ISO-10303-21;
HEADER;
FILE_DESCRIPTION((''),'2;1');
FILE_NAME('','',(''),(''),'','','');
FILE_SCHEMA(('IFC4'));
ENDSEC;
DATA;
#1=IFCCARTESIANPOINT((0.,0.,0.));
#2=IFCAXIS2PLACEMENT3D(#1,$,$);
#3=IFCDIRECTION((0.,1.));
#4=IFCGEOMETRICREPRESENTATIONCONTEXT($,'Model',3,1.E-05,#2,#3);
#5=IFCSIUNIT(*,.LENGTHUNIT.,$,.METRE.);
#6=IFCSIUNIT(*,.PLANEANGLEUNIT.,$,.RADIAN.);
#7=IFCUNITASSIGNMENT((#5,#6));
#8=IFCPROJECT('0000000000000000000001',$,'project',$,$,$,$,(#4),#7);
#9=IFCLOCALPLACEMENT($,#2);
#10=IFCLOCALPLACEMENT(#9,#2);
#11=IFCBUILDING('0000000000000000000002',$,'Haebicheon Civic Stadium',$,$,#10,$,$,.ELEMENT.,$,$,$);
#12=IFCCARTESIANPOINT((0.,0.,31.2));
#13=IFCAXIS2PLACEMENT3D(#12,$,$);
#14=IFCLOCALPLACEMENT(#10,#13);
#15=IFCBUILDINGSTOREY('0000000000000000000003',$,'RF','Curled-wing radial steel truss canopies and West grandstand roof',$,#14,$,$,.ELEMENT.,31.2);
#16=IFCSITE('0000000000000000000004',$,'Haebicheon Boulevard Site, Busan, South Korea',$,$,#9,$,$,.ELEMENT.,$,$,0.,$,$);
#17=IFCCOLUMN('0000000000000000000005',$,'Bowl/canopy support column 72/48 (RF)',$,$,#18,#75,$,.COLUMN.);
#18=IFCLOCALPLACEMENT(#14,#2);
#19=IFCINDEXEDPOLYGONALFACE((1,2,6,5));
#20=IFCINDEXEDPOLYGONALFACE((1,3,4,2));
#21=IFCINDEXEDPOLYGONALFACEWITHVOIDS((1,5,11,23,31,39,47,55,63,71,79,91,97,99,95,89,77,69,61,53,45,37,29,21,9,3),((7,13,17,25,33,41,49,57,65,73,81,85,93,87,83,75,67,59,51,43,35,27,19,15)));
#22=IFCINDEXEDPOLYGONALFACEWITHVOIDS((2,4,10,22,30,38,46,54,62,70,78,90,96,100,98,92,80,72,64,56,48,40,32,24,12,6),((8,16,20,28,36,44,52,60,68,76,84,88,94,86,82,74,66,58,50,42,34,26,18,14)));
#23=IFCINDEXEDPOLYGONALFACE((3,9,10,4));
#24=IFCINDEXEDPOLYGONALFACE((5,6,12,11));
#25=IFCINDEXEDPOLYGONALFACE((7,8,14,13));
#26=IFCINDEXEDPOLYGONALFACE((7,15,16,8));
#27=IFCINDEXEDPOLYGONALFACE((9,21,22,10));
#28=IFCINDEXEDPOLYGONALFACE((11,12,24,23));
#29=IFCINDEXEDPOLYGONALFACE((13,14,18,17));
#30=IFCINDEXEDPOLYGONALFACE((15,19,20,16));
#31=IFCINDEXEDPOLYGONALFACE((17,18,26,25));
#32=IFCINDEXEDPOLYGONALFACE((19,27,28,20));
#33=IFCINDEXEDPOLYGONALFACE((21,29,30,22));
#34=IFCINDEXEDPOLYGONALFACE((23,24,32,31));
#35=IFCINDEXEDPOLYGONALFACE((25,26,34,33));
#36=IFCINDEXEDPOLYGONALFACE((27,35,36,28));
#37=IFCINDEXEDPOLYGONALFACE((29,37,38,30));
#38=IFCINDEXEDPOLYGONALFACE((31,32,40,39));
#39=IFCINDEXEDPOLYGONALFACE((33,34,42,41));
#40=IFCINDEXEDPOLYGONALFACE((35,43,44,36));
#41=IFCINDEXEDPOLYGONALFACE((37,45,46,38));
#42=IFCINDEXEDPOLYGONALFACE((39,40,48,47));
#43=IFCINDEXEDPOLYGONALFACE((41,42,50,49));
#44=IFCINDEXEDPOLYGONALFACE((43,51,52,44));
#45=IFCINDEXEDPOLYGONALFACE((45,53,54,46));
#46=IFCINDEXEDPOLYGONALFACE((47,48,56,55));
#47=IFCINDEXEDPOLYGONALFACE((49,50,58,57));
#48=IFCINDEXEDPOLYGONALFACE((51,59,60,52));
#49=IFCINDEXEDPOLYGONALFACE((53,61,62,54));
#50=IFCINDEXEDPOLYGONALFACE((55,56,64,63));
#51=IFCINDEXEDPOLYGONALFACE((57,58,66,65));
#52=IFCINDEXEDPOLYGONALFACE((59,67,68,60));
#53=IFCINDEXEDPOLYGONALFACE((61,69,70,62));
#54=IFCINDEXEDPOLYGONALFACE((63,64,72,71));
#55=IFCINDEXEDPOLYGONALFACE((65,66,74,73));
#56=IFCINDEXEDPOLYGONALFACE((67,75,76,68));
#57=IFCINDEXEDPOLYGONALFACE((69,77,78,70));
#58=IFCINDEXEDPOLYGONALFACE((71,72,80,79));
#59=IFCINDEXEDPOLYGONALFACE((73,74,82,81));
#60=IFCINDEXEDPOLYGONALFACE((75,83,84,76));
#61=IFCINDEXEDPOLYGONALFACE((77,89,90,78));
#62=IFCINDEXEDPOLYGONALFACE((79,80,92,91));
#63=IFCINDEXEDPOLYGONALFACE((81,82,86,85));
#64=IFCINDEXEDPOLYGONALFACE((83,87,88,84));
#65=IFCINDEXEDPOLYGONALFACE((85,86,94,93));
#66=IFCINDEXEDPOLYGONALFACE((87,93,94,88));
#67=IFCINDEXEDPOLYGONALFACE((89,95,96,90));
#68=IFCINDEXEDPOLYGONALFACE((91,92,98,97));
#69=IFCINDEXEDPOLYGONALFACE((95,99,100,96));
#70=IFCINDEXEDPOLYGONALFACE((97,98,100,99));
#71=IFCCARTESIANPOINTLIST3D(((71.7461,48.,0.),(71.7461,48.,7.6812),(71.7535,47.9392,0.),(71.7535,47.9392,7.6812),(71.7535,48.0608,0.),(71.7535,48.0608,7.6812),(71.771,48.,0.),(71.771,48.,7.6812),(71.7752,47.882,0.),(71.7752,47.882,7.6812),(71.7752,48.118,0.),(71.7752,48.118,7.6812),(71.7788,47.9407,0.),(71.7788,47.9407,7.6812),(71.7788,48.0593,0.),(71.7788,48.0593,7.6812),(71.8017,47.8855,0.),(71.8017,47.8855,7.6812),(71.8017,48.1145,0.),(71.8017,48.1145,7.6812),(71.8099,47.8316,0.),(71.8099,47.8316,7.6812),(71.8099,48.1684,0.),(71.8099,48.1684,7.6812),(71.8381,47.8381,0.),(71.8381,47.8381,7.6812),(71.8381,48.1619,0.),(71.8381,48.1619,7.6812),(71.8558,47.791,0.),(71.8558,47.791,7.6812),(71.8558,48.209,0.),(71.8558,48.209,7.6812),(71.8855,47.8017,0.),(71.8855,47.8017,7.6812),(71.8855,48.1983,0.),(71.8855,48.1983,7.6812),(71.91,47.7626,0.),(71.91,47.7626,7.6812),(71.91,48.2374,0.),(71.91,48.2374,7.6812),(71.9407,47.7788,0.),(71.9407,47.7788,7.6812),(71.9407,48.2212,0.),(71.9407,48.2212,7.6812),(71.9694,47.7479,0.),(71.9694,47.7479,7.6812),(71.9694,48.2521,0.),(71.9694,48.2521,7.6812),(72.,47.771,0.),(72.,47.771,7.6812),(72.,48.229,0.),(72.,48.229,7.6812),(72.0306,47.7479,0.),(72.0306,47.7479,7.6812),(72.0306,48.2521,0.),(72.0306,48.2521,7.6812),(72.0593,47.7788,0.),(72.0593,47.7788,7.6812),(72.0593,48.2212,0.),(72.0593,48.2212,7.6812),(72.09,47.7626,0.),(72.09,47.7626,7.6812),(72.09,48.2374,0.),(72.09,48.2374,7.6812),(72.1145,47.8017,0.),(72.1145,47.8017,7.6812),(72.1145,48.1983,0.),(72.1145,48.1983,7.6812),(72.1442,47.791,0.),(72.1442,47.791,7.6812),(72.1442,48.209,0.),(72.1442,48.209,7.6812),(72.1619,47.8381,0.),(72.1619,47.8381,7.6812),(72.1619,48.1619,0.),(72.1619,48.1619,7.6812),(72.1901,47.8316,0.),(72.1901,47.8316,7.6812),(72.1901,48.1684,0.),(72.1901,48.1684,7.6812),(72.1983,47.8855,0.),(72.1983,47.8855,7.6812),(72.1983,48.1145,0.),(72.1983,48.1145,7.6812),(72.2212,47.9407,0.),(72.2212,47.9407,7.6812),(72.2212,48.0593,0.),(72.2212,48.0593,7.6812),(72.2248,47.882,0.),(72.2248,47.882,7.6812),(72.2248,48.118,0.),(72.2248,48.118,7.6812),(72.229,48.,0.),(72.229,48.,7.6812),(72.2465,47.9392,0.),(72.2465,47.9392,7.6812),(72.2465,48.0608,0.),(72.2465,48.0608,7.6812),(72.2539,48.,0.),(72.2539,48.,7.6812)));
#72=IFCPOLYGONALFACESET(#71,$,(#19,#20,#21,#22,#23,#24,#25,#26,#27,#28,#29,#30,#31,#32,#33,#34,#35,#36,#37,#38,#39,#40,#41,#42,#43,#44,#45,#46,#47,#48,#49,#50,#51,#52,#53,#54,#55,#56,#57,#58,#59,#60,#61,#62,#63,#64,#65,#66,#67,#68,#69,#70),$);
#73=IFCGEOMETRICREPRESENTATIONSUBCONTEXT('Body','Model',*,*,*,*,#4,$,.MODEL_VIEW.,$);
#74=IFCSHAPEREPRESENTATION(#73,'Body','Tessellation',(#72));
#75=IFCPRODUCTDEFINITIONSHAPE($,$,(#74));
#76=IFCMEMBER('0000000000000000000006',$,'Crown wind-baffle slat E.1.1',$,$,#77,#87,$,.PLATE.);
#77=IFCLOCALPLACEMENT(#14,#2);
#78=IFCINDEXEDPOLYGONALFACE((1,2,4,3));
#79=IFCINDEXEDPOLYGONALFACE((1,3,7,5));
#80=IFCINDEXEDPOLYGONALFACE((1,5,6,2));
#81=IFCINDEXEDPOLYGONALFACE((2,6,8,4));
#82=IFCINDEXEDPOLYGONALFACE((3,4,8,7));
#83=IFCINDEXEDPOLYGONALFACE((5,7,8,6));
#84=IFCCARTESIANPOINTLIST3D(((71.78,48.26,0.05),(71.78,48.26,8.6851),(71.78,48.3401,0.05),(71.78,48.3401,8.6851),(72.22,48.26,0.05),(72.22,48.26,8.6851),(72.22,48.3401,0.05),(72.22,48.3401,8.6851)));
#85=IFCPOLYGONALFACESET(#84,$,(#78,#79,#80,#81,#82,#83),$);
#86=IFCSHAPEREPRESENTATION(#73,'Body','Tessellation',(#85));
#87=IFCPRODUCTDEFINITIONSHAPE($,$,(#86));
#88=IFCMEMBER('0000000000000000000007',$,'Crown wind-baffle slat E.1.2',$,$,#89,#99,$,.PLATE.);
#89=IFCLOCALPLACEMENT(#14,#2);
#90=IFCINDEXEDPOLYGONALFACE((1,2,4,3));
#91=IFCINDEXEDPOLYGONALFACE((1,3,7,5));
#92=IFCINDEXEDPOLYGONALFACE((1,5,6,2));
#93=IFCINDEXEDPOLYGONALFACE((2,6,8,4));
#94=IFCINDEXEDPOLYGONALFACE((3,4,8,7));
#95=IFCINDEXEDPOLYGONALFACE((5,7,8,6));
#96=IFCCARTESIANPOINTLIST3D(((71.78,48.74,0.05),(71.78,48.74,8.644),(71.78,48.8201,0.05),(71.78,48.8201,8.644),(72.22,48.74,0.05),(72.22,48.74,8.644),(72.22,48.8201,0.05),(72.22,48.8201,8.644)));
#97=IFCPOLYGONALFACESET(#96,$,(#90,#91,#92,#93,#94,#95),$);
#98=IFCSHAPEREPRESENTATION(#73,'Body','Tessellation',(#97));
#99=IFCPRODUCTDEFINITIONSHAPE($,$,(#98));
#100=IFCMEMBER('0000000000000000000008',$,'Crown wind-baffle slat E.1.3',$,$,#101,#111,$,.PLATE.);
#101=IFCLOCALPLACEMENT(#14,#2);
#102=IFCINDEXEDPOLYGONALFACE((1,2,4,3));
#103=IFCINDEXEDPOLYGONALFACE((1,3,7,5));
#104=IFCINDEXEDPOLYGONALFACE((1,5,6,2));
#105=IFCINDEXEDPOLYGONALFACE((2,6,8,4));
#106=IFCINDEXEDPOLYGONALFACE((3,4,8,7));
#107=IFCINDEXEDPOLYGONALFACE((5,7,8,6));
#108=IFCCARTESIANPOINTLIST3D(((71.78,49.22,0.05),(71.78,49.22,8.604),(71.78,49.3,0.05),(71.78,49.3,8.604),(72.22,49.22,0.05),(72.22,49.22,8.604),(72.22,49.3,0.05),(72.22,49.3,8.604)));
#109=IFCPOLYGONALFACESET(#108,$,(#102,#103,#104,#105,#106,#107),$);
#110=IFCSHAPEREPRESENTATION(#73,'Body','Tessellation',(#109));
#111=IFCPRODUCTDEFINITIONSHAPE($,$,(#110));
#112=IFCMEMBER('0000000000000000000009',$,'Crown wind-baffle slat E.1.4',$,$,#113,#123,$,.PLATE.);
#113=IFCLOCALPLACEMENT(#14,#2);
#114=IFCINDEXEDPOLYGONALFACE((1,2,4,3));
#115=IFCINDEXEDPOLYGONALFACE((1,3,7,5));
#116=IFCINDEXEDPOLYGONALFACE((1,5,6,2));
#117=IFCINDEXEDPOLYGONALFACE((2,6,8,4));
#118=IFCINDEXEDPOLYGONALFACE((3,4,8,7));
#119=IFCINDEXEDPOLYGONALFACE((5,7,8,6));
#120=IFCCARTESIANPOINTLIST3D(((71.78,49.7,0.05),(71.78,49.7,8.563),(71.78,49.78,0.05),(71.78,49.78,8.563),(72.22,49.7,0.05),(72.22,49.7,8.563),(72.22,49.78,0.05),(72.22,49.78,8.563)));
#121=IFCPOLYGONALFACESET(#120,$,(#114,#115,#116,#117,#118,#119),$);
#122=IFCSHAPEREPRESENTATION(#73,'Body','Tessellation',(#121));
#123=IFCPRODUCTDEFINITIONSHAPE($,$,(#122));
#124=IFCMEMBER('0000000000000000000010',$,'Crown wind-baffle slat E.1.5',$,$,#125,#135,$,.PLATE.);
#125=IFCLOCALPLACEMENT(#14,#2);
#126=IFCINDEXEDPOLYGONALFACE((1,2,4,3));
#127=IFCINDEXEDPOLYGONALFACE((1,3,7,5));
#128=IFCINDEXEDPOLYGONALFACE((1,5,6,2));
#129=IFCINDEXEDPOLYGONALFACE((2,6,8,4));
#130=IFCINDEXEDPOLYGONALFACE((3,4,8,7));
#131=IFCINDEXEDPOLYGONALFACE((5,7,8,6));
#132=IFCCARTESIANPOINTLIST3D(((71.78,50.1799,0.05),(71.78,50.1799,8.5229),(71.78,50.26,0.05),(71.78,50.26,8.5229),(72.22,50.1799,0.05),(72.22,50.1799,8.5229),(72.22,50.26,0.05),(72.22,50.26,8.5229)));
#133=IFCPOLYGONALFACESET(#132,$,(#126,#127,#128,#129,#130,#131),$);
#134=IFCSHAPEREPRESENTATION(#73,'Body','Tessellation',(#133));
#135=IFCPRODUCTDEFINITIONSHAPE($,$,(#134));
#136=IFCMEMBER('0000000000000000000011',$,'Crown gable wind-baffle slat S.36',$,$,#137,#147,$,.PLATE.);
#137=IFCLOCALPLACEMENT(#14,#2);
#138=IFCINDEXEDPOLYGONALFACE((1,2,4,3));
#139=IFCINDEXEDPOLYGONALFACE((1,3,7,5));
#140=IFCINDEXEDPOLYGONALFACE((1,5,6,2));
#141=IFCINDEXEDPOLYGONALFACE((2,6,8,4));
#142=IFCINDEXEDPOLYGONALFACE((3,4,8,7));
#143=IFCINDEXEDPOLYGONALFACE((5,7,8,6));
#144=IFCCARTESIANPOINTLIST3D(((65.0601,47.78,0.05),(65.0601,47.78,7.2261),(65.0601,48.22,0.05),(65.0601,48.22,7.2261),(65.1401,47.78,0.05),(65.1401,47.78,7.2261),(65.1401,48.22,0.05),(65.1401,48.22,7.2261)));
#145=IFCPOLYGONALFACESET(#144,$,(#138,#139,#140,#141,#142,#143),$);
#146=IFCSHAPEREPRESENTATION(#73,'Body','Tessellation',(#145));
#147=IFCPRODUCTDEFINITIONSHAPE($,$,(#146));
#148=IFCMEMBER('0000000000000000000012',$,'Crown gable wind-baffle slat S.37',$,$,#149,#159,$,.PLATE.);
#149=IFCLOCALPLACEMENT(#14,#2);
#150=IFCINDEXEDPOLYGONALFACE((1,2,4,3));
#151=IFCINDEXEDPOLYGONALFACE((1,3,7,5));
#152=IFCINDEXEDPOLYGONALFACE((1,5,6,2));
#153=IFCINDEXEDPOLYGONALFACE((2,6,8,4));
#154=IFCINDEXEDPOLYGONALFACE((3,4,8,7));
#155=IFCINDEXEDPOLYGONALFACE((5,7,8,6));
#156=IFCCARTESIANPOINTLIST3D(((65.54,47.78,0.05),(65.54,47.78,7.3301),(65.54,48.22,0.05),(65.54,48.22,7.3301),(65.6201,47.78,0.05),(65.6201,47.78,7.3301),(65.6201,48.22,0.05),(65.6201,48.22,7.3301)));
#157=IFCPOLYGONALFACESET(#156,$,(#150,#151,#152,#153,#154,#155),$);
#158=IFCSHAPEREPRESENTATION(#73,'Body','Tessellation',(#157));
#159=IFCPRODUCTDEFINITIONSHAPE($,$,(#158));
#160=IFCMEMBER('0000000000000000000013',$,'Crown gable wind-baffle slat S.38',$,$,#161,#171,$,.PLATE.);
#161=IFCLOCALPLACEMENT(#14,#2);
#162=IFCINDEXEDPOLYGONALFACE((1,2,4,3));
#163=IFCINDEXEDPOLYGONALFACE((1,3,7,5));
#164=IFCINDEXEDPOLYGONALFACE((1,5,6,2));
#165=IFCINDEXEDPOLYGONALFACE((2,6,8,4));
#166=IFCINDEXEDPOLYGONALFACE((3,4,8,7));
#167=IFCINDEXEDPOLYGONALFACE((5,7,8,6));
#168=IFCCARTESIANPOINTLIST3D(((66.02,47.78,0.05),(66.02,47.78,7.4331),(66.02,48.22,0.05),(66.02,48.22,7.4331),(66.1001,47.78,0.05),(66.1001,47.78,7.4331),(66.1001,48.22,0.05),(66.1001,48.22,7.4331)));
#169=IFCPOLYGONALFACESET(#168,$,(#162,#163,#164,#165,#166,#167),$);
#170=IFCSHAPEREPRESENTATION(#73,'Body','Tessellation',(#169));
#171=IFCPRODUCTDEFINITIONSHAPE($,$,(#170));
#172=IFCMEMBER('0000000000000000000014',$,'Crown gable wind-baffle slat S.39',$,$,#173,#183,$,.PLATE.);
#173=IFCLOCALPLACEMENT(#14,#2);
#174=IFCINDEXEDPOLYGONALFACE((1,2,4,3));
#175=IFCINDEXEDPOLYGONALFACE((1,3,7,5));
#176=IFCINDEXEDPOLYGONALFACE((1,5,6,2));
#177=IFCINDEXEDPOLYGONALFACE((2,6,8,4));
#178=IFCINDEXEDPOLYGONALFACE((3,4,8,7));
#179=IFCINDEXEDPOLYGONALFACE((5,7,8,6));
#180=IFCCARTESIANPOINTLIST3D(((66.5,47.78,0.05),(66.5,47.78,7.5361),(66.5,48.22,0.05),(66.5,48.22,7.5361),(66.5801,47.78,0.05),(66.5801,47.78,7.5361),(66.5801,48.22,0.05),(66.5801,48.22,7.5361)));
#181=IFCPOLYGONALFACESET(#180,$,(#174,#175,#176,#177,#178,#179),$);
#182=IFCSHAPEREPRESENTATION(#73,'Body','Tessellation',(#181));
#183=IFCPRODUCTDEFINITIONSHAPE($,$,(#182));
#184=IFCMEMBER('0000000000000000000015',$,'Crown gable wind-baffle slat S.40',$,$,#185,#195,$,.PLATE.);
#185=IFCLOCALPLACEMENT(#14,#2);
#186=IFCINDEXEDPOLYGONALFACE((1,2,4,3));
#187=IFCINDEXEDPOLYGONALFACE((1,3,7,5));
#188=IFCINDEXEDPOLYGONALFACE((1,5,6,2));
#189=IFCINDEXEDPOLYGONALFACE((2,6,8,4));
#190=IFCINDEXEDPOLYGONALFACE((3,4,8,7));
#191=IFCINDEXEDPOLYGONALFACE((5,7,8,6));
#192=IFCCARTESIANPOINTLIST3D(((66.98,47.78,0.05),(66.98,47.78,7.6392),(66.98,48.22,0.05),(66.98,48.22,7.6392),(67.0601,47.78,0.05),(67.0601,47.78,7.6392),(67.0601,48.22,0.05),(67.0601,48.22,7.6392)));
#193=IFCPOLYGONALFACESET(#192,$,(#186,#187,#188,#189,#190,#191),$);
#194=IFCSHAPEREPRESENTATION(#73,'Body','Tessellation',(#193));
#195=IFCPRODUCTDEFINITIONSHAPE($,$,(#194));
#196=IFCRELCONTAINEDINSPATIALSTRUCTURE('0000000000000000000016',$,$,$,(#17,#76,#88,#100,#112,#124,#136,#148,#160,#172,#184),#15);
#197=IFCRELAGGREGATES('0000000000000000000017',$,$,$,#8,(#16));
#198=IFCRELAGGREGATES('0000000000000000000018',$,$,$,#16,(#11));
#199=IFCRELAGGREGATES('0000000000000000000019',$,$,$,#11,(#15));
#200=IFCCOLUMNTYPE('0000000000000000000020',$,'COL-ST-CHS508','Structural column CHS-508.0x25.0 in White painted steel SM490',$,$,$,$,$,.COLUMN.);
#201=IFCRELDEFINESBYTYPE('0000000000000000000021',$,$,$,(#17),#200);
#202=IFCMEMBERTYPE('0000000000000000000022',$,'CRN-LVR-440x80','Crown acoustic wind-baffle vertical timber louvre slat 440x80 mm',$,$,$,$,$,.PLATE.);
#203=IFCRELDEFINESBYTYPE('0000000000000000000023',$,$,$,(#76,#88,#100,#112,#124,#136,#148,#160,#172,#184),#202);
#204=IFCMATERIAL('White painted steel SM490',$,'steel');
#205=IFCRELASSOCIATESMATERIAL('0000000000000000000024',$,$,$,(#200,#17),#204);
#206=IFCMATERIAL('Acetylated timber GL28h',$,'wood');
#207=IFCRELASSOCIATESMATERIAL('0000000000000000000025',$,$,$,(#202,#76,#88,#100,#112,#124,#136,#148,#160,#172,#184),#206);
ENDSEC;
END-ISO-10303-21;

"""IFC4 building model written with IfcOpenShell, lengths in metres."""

from ifc_helpers import new_model, si_unit, direction, frame, origin, origin_2d, place, context, subcontext, project, spatial, rectangle, hollow_circle, extrude, material, material_profile, profile_set, type_object, element, save


model = new_model("IFC4")

# Units and contexts
model_context = context("Model", 3, precision=1e-05, world=origin(), true_north=direction((0.0, 1.0)))
body_context = subcontext(model_context, "Body", "Model", "MODEL_VIEW")
ifc_project = project(units=[si_unit("LENGTHUNIT", "METRE"), si_unit("PLANEANGLEUNIT", "RADIAN")], contexts=[model_context])

# Site, building, storey
site_placement = place(None, origin())
site = spatial("IfcSite", under=ifc_project, at=site_placement, Name="Haebicheon Boulevard Site, Busan, South Korea", CompositionType="ELEMENT", RefElevation=0.0)
building_placement = place(site_placement, origin())
building = spatial("IfcBuilding", under=site, at=building_placement, Name="Haebicheon Civic Stadium", CompositionType="ELEMENT")
storey_placement = place(building_placement, frame((0.0, 0.0, 31.2)))
storey = spatial("IfcBuildingStorey", under=building, at=storey_placement, Name="RF", Description="Curled-wing radial steel truss canopies and West grandstand roof", CompositionType="ELEMENT", Elevation=31.2)

# Column
ifc_material_1 = material(Name="White painted steel SM490", Category="steel")
ifc_material_profile_1 = material_profile(ifc_material_1, hollow_circle(Radius=0.2539, WallThickness=0.0249, at=origin_2d()), Name="CHS-508.0x25.0")
ifc_profile_set_1 = profile_set([ifc_material_profile_1], Name="White painted steel SM490")
column_type = type_object("IfcColumnType", Name="COL-ST-CHS508", Description="Structural column CHS-508.0x25.0 in White painted steel SM490", PredefinedType="COLUMN", material=ifc_profile_set_1)
column_placement = place(storey_placement, frame((72.0, 48.0, 0.0), z_axis=(0.0, 0.0, 1.0), x_axis=(1.0, 0.0, 0.0)))
element("IfcColumn", 1, at=column_placement, inside=storey, type_object=column_type, material=ifc_profile_set_1, Name="Bowl/canopy support column 72/48 (RF)", PredefinedType="COLUMN", context=body_context, shape_type="SweptSolid", body=[
    extrude(hollow_circle(Radius=0.2539, WallThickness=0.0249, at=origin_2d()), origin(), (0.0, 0.0, 1.0), 7.6812),
])

# Members
ifc_material_2 = material(Name="Acetylated timber GL28h", Category="wood")
ifc_material_profile_2 = material_profile(ifc_material_2, rectangle(XDim=0.0801, YDim=0.4399, at=origin_2d()), Name="TMB-LOUV-80x440")
ifc_profile_set_2 = profile_set([ifc_material_profile_2], Name="Acetylated timber GL28h")
member_type_1 = type_object("IfcMemberType", Name="CRN-LVR-440x80", Description="Crown acoustic wind-baffle vertical timber louvre slat 440x80 mm", PredefinedType="PLATE", material=ifc_profile_set_2)
member_1_placement = place(storey_placement, frame((72.0, 48.3, 0.05), z_axis=(0.0, 0.0, 1.0), x_axis=(0.0, 1.0, 0.0)))
element("IfcMember", 2, at=member_1_placement, inside=storey, type_object=member_type_1, material=ifc_profile_set_2, Name="Crown wind-baffle slat E.1.1", PredefinedType="PLATE", context=body_context, shape_type="SweptSolid", body=[
    extrude(rectangle(XDim=0.0801, YDim=0.4399, at=origin_2d()), origin(), (0.0, 0.0, 1.0), 8.635),
])
member_2_placement = place(storey_placement, frame((72.0, 48.78, 0.05), z_axis=(0.0, 0.0, 1.0), x_axis=(0.0, 1.0, 0.0)))
element("IfcMember", 3, at=member_2_placement, inside=storey, type_object=member_type_1, material=ifc_profile_set_2, Name="Crown wind-baffle slat E.1.2", PredefinedType="PLATE", context=body_context, shape_type="SweptSolid", body=[
    extrude(rectangle(XDim=0.0801, YDim=0.4399, at=origin_2d()), origin(), (0.0, 0.0, 1.0), 8.594),
])
member_3_placement = place(storey_placement, frame((72.0, 49.26, 0.05), z_axis=(0.0, 0.0, 1.0), x_axis=(0.0, 1.0, 0.0)))
element("IfcMember", 4, at=member_3_placement, inside=storey, type_object=member_type_1, material=ifc_profile_set_2, Name="Crown wind-baffle slat E.1.3", PredefinedType="PLATE", context=body_context, shape_type="SweptSolid", body=[
    extrude(rectangle(XDim=0.0801, YDim=0.4399, at=origin_2d()), origin(), (0.0, 0.0, 1.0), 8.554),
])
member_4_placement = place(storey_placement, frame((72.0, 49.74, 0.05), z_axis=(0.0, 0.0, 1.0), x_axis=(0.0, 1.0, 0.0)))
element("IfcMember", 5, at=member_4_placement, inside=storey, type_object=member_type_1, material=ifc_profile_set_2, Name="Crown wind-baffle slat E.1.4", PredefinedType="PLATE", context=body_context, shape_type="SweptSolid", body=[
    extrude(rectangle(XDim=0.0801, YDim=0.4399, at=origin_2d()), origin(), (0.0, 0.0, 1.0), 8.5129),
])
member_5_placement = place(storey_placement, frame((72.0, 50.22, 0.05), z_axis=(0.0, 0.0, 1.0), x_axis=(0.0, 1.0, 0.0)))
element("IfcMember", 6, at=member_5_placement, inside=storey, type_object=member_type_1, material=ifc_profile_set_2, Name="Crown wind-baffle slat E.1.5", PredefinedType="PLATE", context=body_context, shape_type="SweptSolid", body=[
    extrude(rectangle(XDim=0.0801, YDim=0.4399, at=origin_2d()), origin(), (0.0, 0.0, 1.0), 8.4729),
])
member_6_placement = place(storey_placement, frame((65.1001, 48.0, 0.05), z_axis=(0.0, 0.0, 1.0), x_axis=(1.0, 0.0, 0.0)))
element("IfcMember", 7, at=member_6_placement, inside=storey, type_object=member_type_1, material=ifc_profile_set_2, Name="Crown gable wind-baffle slat S.36", PredefinedType="PLATE", context=body_context, shape_type="SweptSolid", body=[
    extrude(rectangle(XDim=0.0801, YDim=0.4399, at=origin_2d()), origin(), (0.0, 0.0, 1.0), 7.176),
])
member_7_placement = place(storey_placement, frame((65.5801, 48.0, 0.05), z_axis=(0.0, 0.0, 1.0), x_axis=(1.0, 0.0, 0.0)))
element("IfcMember", 8, at=member_7_placement, inside=storey, type_object=member_type_1, material=ifc_profile_set_2, Name="Crown gable wind-baffle slat S.37", PredefinedType="PLATE", context=body_context, shape_type="SweptSolid", body=[
    extrude(rectangle(XDim=0.0801, YDim=0.4399, at=origin_2d()), origin(), (0.0, 0.0, 1.0), 7.28),
])
member_8_placement = place(storey_placement, frame((66.0601, 48.0, 0.05), z_axis=(0.0, 0.0, 1.0), x_axis=(1.0, 0.0, 0.0)))
element("IfcMember", 9, at=member_8_placement, inside=storey, type_object=member_type_1, material=ifc_profile_set_2, Name="Crown gable wind-baffle slat S.38", PredefinedType="PLATE", context=body_context, shape_type="SweptSolid", body=[
    extrude(rectangle(XDim=0.0801, YDim=0.4399, at=origin_2d()), origin(), (0.0, 0.0, 1.0), 7.3831),
])
member_9_placement = place(storey_placement, frame((66.54, 48.0, 0.05), z_axis=(0.0, 0.0, 1.0), x_axis=(1.0, 0.0, 0.0)))
element("IfcMember", 10, at=member_9_placement, inside=storey, type_object=member_type_1, material=ifc_profile_set_2, Name="Crown gable wind-baffle slat S.39", PredefinedType="PLATE", context=body_context, shape_type="SweptSolid", body=[
    extrude(rectangle(XDim=0.0801, YDim=0.4399, at=origin_2d()), origin(), (0.0, 0.0, 1.0), 7.4861),
])
member_10_placement = place(storey_placement, frame((67.02, 48.0, 0.05), z_axis=(0.0, 0.0, 1.0), x_axis=(1.0, 0.0, 0.0)))
element("IfcMember", 11, at=member_10_placement, inside=storey, type_object=member_type_1, material=ifc_profile_set_2, Name="Crown gable wind-baffle slat S.40", PredefinedType="PLATE", context=body_context, shape_type="SweptSolid", body=[
    extrude(rectangle(XDim=0.0801, YDim=0.4399, at=origin_2d()), origin(), (0.0, 0.0, 1.0), 7.5891),
])

save(model, "model.ifc")
